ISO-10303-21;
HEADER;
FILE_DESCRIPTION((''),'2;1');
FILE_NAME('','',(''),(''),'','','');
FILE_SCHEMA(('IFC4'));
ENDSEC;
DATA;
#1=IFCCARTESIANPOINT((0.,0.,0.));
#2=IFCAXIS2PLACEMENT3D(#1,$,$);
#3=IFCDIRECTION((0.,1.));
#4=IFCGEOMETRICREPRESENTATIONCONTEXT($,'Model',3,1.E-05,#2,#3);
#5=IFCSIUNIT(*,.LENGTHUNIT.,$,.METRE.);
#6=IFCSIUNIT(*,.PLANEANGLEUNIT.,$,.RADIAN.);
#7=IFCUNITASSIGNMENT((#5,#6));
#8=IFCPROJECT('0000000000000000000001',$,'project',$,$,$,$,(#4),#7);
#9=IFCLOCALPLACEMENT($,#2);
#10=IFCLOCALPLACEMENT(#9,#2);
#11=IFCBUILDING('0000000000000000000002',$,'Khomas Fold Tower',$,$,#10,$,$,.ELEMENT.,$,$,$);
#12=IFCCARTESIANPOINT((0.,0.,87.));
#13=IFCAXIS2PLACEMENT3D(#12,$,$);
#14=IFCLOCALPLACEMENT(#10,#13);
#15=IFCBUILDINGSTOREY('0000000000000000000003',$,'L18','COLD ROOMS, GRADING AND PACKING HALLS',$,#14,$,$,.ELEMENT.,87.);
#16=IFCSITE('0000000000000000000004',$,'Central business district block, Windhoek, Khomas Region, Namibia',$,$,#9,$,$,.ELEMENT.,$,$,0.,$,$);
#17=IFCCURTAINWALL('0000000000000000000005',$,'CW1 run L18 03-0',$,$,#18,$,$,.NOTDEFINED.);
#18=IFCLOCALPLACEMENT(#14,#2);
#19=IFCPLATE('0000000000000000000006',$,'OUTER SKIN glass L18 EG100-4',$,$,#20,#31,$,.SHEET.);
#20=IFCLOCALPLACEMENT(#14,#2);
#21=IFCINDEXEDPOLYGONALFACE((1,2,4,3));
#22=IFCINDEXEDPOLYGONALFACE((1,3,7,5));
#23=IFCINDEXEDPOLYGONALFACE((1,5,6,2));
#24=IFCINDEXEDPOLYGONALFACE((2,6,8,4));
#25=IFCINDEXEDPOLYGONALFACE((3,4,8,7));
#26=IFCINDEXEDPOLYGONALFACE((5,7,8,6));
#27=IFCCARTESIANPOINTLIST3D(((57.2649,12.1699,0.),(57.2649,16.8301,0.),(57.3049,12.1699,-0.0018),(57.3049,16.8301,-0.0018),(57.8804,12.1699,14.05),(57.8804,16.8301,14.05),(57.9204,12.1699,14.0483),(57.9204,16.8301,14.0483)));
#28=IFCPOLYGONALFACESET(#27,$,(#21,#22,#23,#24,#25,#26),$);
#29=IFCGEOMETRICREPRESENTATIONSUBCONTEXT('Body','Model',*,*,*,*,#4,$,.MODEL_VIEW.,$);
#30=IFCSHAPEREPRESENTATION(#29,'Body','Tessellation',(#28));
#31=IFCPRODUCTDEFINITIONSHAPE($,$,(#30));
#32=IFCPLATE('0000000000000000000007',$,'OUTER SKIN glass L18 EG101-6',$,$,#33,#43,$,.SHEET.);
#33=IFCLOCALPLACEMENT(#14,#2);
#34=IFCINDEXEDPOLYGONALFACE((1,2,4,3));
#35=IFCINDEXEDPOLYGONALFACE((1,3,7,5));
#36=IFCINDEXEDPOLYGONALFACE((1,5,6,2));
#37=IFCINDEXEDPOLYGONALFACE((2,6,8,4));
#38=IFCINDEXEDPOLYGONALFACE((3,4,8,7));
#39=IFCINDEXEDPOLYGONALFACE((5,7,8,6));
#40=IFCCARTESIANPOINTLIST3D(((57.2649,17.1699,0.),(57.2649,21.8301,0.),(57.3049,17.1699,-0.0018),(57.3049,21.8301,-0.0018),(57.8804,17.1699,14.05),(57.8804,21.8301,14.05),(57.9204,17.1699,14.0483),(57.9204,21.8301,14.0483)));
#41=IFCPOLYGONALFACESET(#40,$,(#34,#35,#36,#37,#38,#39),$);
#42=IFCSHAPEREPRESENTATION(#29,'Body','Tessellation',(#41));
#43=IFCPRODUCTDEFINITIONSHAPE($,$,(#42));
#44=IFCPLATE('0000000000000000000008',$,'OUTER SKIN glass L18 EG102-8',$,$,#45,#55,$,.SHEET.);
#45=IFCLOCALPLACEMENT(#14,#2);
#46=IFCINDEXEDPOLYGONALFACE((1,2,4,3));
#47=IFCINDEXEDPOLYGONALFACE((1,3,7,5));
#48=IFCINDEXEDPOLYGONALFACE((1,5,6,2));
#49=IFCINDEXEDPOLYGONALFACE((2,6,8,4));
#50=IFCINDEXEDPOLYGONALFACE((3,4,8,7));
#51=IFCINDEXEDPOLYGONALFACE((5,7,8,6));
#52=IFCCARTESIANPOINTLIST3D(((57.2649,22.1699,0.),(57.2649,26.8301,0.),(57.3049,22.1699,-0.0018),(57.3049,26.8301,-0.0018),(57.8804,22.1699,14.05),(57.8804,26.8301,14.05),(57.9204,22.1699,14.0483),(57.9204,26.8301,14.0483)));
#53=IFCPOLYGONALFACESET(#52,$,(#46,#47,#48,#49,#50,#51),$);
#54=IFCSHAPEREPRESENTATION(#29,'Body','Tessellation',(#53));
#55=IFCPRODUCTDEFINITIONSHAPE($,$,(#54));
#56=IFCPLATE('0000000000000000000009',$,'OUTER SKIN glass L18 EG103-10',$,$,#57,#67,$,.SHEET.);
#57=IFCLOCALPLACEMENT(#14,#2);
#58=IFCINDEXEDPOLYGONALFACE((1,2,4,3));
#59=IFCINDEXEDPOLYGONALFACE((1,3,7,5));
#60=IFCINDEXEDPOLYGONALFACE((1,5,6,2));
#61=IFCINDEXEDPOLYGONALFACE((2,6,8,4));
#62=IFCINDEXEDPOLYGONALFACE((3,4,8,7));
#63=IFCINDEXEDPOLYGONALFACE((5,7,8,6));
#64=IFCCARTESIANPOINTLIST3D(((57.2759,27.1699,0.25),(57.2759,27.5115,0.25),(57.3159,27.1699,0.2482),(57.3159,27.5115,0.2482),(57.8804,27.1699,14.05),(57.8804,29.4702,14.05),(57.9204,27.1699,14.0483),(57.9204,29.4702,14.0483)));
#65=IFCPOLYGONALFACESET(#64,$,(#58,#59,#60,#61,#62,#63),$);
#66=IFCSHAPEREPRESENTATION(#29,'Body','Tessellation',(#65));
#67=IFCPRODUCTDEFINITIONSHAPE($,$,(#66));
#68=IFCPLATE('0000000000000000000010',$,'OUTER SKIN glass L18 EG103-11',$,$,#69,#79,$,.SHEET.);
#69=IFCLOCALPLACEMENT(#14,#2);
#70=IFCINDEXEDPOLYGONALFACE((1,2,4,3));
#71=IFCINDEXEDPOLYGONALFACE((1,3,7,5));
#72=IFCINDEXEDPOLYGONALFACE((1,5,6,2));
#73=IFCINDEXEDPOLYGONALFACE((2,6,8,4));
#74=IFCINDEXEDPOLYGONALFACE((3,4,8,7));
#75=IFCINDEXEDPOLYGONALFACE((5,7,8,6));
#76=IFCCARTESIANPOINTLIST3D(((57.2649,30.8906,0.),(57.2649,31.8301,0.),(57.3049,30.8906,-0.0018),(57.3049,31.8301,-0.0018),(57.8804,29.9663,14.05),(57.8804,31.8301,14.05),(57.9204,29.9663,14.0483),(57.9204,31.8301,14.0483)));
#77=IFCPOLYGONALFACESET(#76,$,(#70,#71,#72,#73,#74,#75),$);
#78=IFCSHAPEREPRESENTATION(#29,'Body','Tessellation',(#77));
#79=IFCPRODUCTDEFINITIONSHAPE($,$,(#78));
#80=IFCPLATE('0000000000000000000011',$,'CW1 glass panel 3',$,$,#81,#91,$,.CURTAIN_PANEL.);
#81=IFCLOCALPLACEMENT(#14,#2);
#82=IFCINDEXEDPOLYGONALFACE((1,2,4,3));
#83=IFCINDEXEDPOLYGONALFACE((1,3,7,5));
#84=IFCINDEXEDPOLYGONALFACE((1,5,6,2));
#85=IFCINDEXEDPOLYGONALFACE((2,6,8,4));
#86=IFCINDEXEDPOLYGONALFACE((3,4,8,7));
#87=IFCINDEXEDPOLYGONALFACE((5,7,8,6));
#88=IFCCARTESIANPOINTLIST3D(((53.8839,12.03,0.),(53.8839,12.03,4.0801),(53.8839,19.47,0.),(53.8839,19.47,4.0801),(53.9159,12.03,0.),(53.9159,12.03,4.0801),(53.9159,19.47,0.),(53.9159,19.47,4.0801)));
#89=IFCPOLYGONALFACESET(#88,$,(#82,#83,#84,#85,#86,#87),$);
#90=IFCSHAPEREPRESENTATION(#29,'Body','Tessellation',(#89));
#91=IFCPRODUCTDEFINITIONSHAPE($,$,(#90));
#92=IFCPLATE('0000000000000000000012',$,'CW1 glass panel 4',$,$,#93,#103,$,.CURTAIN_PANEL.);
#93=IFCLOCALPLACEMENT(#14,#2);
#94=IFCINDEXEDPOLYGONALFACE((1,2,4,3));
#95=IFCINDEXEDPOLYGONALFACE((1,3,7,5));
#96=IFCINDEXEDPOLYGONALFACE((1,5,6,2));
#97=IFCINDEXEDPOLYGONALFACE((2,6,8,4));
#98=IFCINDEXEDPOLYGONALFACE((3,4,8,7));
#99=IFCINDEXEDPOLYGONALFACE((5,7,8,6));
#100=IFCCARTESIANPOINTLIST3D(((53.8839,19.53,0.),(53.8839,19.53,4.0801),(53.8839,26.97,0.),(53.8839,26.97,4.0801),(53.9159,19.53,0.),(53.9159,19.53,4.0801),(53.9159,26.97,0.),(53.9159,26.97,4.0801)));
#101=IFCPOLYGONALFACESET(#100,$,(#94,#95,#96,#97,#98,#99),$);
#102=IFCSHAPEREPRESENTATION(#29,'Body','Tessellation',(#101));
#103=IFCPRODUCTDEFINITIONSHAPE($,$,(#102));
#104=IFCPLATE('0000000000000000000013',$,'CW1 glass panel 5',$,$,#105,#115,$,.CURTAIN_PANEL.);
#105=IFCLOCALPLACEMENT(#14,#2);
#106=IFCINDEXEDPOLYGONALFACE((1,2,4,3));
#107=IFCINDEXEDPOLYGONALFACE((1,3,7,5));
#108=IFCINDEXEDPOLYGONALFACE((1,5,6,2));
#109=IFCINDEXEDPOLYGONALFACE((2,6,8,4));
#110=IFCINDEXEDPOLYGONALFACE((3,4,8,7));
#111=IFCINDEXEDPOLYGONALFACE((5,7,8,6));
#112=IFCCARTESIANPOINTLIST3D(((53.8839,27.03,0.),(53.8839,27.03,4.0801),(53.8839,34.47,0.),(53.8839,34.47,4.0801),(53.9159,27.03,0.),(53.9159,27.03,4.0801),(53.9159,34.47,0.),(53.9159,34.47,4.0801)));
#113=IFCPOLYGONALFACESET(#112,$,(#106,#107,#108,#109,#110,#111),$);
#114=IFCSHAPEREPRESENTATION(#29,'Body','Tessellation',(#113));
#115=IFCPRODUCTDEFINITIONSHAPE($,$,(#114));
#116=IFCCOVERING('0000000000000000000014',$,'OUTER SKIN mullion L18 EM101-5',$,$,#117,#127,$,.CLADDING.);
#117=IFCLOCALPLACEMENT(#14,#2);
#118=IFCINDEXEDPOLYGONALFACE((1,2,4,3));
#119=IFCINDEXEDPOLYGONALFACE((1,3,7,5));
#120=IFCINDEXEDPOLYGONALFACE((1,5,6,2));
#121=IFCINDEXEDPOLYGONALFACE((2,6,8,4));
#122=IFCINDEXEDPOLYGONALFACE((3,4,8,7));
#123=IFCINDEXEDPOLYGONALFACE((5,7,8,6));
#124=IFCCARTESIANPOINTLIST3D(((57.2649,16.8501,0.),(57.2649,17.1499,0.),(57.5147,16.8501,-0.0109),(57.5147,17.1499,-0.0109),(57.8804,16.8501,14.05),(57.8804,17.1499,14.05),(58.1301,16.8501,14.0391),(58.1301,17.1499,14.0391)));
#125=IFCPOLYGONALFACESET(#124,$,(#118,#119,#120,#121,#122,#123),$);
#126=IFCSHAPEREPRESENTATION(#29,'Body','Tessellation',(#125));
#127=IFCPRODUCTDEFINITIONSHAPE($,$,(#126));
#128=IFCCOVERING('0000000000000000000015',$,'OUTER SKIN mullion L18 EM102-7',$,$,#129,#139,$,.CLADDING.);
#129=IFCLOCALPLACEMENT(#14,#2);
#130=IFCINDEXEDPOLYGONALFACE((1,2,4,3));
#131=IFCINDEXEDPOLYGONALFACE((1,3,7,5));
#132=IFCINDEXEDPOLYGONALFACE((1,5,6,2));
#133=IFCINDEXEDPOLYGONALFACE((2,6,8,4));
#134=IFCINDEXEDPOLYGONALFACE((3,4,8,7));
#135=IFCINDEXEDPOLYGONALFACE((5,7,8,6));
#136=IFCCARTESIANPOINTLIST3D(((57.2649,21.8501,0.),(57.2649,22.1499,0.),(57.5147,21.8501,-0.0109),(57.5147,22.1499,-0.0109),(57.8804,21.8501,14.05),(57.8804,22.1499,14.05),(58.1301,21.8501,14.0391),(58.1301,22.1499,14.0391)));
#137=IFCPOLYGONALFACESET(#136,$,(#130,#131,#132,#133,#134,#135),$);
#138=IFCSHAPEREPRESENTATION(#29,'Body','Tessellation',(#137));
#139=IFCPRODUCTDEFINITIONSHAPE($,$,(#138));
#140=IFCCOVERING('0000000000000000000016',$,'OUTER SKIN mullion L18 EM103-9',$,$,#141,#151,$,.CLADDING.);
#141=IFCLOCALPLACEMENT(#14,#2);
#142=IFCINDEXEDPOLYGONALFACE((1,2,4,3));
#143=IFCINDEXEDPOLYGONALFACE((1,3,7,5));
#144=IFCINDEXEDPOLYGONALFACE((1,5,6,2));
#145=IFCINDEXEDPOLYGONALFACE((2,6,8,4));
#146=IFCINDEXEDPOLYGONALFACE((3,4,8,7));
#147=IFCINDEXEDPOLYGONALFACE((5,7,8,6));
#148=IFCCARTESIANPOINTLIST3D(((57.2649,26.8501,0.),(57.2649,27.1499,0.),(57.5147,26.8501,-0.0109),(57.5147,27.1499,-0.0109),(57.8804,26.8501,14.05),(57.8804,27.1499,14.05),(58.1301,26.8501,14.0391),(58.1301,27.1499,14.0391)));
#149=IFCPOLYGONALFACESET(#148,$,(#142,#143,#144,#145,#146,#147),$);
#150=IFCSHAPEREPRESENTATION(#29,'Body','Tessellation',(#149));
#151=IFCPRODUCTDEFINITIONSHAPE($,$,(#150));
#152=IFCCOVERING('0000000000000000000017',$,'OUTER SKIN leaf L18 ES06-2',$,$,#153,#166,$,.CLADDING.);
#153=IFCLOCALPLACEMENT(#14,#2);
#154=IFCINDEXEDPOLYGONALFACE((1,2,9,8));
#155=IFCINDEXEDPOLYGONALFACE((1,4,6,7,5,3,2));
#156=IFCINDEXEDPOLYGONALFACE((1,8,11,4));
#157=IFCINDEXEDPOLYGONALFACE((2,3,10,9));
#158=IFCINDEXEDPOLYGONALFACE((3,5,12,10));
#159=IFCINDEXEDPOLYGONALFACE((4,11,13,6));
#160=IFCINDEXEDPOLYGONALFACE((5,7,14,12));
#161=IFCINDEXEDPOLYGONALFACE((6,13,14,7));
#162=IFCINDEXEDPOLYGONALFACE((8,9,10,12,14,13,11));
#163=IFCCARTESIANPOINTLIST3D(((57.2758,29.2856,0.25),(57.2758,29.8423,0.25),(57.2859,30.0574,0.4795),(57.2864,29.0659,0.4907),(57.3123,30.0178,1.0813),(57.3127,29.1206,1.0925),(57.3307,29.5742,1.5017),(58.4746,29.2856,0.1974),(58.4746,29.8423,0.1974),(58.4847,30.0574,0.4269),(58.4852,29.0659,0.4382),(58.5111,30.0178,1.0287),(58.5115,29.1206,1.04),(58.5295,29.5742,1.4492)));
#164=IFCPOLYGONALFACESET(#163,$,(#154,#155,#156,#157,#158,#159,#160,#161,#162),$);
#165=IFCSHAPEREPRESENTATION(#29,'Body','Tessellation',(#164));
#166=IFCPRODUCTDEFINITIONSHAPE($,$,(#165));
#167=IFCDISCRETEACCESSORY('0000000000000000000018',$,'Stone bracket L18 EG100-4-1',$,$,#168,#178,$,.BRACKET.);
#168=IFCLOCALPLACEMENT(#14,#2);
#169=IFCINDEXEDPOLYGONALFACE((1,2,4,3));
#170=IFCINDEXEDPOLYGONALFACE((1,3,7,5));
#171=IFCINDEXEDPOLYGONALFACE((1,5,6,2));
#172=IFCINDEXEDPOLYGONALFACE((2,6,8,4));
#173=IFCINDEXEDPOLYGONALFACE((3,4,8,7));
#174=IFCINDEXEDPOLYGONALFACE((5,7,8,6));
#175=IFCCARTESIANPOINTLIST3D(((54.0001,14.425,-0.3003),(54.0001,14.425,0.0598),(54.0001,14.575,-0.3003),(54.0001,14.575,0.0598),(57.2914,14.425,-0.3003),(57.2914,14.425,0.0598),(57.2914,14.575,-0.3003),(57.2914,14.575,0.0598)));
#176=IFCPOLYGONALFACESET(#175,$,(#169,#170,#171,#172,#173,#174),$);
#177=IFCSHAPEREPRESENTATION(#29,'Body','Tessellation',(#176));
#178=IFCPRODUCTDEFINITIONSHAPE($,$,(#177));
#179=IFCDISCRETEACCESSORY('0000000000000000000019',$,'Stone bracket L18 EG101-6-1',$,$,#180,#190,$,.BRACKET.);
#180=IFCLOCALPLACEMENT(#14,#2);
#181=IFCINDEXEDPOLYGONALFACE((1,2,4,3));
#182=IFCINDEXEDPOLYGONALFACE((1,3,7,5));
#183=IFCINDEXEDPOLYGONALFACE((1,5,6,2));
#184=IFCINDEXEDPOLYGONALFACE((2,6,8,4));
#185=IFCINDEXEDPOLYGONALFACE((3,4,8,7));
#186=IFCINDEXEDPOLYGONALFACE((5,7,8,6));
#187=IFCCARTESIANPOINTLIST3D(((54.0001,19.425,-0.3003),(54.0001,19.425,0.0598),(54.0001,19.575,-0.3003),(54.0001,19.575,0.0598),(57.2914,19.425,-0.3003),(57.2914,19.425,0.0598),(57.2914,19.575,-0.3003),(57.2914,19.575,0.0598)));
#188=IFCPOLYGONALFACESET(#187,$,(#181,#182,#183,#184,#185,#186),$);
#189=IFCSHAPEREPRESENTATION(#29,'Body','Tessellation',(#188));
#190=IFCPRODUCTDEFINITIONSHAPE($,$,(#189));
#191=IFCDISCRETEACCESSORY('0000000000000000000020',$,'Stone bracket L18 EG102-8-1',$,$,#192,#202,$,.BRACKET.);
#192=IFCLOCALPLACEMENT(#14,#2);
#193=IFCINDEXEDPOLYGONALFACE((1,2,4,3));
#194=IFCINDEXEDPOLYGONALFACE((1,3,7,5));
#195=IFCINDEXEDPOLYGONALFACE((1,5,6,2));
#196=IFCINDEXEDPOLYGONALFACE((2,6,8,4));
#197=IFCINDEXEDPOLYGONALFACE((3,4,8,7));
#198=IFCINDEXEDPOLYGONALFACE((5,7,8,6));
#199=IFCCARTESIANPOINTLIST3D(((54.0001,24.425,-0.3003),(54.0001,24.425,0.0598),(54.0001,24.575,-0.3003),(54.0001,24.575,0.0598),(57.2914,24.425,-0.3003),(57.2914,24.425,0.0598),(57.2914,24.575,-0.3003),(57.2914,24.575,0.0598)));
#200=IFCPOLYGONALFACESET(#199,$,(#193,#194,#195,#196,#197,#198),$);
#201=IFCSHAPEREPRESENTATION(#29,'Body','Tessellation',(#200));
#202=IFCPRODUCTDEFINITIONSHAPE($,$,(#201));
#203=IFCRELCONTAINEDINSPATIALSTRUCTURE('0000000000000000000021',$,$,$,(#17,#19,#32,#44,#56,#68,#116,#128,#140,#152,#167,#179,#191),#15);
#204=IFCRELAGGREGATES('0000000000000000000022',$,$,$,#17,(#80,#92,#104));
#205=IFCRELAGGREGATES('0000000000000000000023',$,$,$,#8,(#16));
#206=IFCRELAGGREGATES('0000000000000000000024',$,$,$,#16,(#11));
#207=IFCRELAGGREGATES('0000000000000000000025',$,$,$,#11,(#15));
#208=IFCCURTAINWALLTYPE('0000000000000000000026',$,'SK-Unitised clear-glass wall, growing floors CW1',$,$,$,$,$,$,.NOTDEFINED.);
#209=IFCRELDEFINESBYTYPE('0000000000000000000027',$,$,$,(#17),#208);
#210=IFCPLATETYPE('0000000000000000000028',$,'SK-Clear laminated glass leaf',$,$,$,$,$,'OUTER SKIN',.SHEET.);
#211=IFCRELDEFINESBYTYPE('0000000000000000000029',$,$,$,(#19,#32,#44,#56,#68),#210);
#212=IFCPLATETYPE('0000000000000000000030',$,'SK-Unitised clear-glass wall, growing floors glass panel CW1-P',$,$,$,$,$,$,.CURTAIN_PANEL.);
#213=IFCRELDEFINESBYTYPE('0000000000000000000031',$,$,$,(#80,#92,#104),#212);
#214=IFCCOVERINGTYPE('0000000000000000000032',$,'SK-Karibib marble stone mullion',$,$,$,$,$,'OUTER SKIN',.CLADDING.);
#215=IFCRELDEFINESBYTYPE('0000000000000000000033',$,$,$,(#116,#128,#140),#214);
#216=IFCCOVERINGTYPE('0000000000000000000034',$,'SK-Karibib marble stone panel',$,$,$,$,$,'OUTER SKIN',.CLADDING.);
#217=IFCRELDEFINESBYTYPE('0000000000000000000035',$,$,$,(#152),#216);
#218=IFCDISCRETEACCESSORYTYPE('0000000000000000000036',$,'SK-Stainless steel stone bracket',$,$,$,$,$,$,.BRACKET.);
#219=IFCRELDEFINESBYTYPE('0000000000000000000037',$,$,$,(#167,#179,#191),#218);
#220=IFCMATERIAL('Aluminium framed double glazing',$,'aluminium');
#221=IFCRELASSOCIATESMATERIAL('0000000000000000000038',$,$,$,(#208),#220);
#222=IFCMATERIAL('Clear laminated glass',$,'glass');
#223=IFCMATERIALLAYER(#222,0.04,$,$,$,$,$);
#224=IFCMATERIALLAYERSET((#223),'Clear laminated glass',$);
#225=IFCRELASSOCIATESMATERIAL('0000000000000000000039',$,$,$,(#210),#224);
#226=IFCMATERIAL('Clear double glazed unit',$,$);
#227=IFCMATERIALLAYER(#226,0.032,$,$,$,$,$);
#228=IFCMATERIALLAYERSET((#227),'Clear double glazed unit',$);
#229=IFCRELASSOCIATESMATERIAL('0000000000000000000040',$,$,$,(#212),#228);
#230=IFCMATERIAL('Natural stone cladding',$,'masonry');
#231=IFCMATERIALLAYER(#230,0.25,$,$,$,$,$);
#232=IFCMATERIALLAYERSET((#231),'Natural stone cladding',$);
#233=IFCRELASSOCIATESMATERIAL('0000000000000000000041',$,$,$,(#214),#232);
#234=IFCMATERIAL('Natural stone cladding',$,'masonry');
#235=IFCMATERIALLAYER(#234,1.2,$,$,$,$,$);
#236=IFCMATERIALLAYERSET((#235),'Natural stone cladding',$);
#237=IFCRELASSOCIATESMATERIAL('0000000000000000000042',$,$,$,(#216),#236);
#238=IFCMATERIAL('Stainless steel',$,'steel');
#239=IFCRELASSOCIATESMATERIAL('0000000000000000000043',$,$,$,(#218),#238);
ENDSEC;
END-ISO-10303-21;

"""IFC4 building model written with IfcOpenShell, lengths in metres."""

from ifc_helpers import new_model, si_unit, direction, frame, origin, origin_2d, place, context, subcontext, project, spatial, polyline, rectangle, outline, extrude, source, transform, mapped, material, layer, layer_set, type_object, element, aggregate, save


model = new_model("IFC4")

# Units and contexts
model_context = context("Model", 3, precision=1e-05, world=origin(), true_north=direction((0.0, 1.0)))
body_context = subcontext(model_context, "Body", "Model", "MODEL_VIEW")
ifc_project = project(units=[si_unit("LENGTHUNIT", "METRE"), si_unit("PLANEANGLEUNIT", "RADIAN")], contexts=[model_context])

# Site, building, storey
site_placement = place(None, origin())
site = spatial("IfcSite", under=ifc_project, at=site_placement, Name="Central business district block, Windhoek, Khomas Region, Namibia", CompositionType="ELEMENT", RefElevation=0.0)
building_placement = place(site_placement, origin())
building = spatial("IfcBuilding", under=site, at=building_placement, Name="Khomas Fold Tower", CompositionType="ELEMENT")
storey_placement = place(building_placement, frame((0.0, 0.0, 87.0)))
storey = spatial("IfcBuildingStorey", under=building, at=storey_placement, Name="L18", Description="COLD ROOMS, GRADING AND PACKING HALLS", CompositionType="ELEMENT", Elevation=87.0)

# Curtain wall
ifc_material_1 = material(Name="Aluminium framed double glazing", Category="aluminium")
curtain_wall_type = type_object("IfcCurtainWallType", Name="SK-Unitised clear-glass wall, growing floors CW1", PredefinedType="NOTDEFINED", material=ifc_material_1)
curtain_wall_placement = place(storey_placement, origin())
curtain_wall = element("IfcCurtainWall", 1, at=curtain_wall_placement, inside=storey, type_object=curtain_wall_type, Name="CW1 run L18 03-0", PredefinedType="NOTDEFINED")

# Plates
ifc_material_2 = material(Name="Clear laminated glass", Category="glass")
ifc_layer_1 = layer(ifc_material_2, 0.04)
ifc_layer_set_1 = layer_set([ifc_layer_1], Name="Clear laminated glass")
plate_type_1 = type_object("IfcPlateType", Name="SK-Clear laminated glass leaf", ElementType="OUTER SKIN", PredefinedType="SHEET", material=ifc_layer_set_1)
for number, where, z_axis, x_axis, name in (
    (2, (57.2649, 12.1699, 0.0), (-0.999042, 0.0, 0.043764), (0.043764, 0.0, 0.999042), "OUTER SKIN glass L18 EG100-4"),
    (3, (57.2649, 17.1699, 0.0), (-0.999042, 0.0, 0.043764), (0.043764, 0.0, 0.999042), "OUTER SKIN glass L18 EG101-6"),
    (4, (57.2649, 22.1699, 0.0), (-0.999042, 0.0, 0.043764), (0.043764, 0.0, 0.999042), "OUTER SKIN glass L18 EG102-8"),
):
    element("IfcPlate", number, at=place(storey_placement, frame(where, z_axis=z_axis, x_axis=x_axis)), inside=storey, type_object=plate_type_1, Name=name, PredefinedType="SHEET", context=body_context, shape_type="SweptSolid", body=[
        extrude(outline(polyline([(0.0, 0.0), (14.0635, 0.0), (14.0635, 4.6602), (0.0, 4.6602), (0.0, 0.0)])), origin(), (0.0, 0.0, -1.0), 0.04),
    ])
plate_1_placement = place(storey_placement, frame((57.8804, 27.1699, 14.05), z_axis=(-0.999042, 0.0, 0.043762), x_axis=(0.0, 1.0, 0.0)))
element("IfcPlate", 5, at=plate_1_placement, inside=storey, type_object=plate_type_1, Name="OUTER SKIN glass L18 EG103-10", PredefinedType="SHEET", context=body_context, shape_type="SweptSolid", body=[
    extrude(outline(polyline([(0.0, 0.0), (2.3003, 0.0), (0.3416, 13.8133), (0.0, 13.8133), (0.0, 0.0)])), origin(), (0.0, 0.0, -1.0), 0.04),
])
plate_2_placement = place(storey_placement, frame((57.2649, 30.8906, 0.0), z_axis=(-0.999042, 0.0, 0.043764), x_axis=(0.04367, -0.065583, 0.996891)))
element("IfcPlate", 6, at=plate_2_placement, inside=storey, type_object=plate_type_1, Name="OUTER SKIN glass L18 EG103-11", PredefinedType="SHEET", context=body_context, shape_type="SweptSolid", body=[
    extrude(outline(polyline([(0.0, 0.0), (14.0939, 0.0), (13.9716, 1.8598), (-0.0616, 0.9374), (0.0, 0.0)])), origin(), (0.0, 0.0, -1.0), 0.04),
])

# Plates
ifc_material_3 = material(Name="Clear double glazed unit")
ifc_layer_2 = layer(ifc_material_3, 0.032)
ifc_layer_set_2 = layer_set([ifc_layer_2], Name="Clear double glazed unit")
plate_type_2 = type_object("IfcPlateType", Name="SK-Unitised clear-glass wall, growing floors glass panel CW1-P", PredefinedType="CURTAIN_PANEL", material=ifc_layer_set_2)
shared_shape_1 = source(origin(), body_context, "Body", "SweptSolid", [
    extrude(rectangle(XDim=7.4399, YDim=0.032, at=origin_2d()), origin(), (0.0, 0.0, 1.0), 4.0801),
])
plate_3_placement = place(storey_placement, frame((53.8999, 15.75, 0.0), z_axis=(0.0, 0.0, 1.0), x_axis=(0.0, 1.0, 0.0)))
plate_3 = element("IfcPlate", 7, at=plate_3_placement, type_object=plate_type_2, Name="CW1 glass panel 3", PredefinedType="CURTAIN_PANEL", context=body_context, shape_type="MappedRepresentation", body=[
    mapped(shared_shape_1, transform((0.0, 0.0, 0.0))),
])
plate_4_placement = place(storey_placement, frame((53.8999, 23.25, 0.0), z_axis=(0.0, 0.0, 1.0), x_axis=(0.0, 1.0, 0.0)))
plate_4 = element("IfcPlate", 8, at=plate_4_placement, type_object=plate_type_2, Name="CW1 glass panel 4", PredefinedType="CURTAIN_PANEL", context=body_context, shape_type="MappedRepresentation", body=[
    mapped(shared_shape_1, transform((0.0, 0.0, 0.0))),
])
plate_5_placement = place(storey_placement, frame((53.8999, 30.75, 0.0), z_axis=(0.0, 0.0, 1.0), x_axis=(0.0, 1.0, 0.0)))
plate_5 = element("IfcPlate", 9, at=plate_5_placement, type_object=plate_type_2, Name="CW1 glass panel 5", PredefinedType="CURTAIN_PANEL", context=body_context, shape_type="MappedRepresentation", body=[
    mapped(shared_shape_1, transform((0.0, 0.0, 0.0))),
])
aggregate(curtain_wall, [plate_3, plate_4, plate_5])

# Coverings
ifc_material_4 = material(Name="Natural stone cladding", Category="masonry")
ifc_layer_3 = layer(ifc_material_4, 0.25)
ifc_layer_set_3 = layer_set([ifc_layer_3], Name="Natural stone cladding")
covering_type_1 = type_object("IfcCoveringType", Name="SK-Karibib marble stone mullion", ElementType="OUTER SKIN", PredefinedType="CLADDING", material=ifc_layer_set_3)
for number, where, z_axis, x_axis, name in (
    (10, (57.2649, 16.8501, 0.0), (-0.999042, 0.0, 0.043764), (0.043764, 0.0, 0.999042), "OUTER SKIN mullion L18 EM101-5"),
    (11, (57.2649, 21.8501, 0.0), (-0.999042, 0.0, 0.043764), (0.043764, 0.0, 0.999042), "OUTER SKIN mullion L18 EM102-7"),
    (12, (57.2649, 26.8501, 0.0), (-0.999042, 0.0, 0.043764), (0.043764, 0.0, 0.999042), "OUTER SKIN mullion L18 EM103-9"),
):
    element("IfcCovering", number, at=place(storey_placement, frame(where, z_axis=z_axis, x_axis=x_axis)), inside=storey, type_object=covering_type_1, Name=name, PredefinedType="CLADDING", context=body_context, shape_type="SweptSolid", body=[
        extrude(outline(polyline([(0.0, 0.0), (14.0635, 0.0), (14.0635, 0.2998), (0.0, 0.2998), (0.0, 0.0)])), origin(), (0.0, 0.0, -1.0), 0.25),
    ])
ifc_material_5 = material(Name="Natural stone cladding", Category="masonry")
ifc_layer_4 = layer(ifc_material_5, 1.2)
ifc_layer_set_4 = layer_set([ifc_layer_4], Name="Natural stone cladding")
covering_type_2 = type_object("IfcCoveringType", Name="SK-Karibib marble stone panel", ElementType="OUTER SKIN", PredefinedType="CLADDING", material=ifc_layer_set_4)
covering_placement = place(storey_placement, frame((57.3127, 29.1206, 1.0925), z_axis=(-0.99904, 0.000004, 0.043798), x_axis=(0.029355, 0.742214, 0.66952)))
element("IfcCovering", 13, at=covering_placement, inside=storey, type_object=covering_type_2, Name="OUTER SKIN leaf L18 ES06-2", PredefinedType="CLADDING", context=body_context, shape_type="SweptSolid", body=[
    extrude(outline(polyline([(0.0, 0.0), (0.6112, 0.0), (0.6584, 0.6096), (0.2841, 1.0832), (-0.0295, 1.1096), (-0.4427, 0.7365), (-0.4443, 0.4104), (0.0, 0.0)])), origin(), (0.0, 0.0, -1.0), 1.2),
])

# Discrete accessories
ifc_material_6 = material(Name="Stainless steel", Category="steel")
discrete_accessory_type = type_object("IfcDiscreteAccessoryType", Name="SK-Stainless steel stone bracket", PredefinedType="BRACKET", material=ifc_material_6)
shared_shape_2 = source(origin(), body_context, "Body", "SweptSolid", [
    extrude(rectangle(XDim=3.2913, YDim=0.1499, at=origin_2d()), origin(), (0.0, 0.0, 1.0), 0.3601),
])
for number, where, z_axis, x_axis, name in (
    (14, (55.6458, 14.5, -0.3003), (0.0, 0.0, 1.0), (1.0, 0.0, 0.0), "Stone bracket L18 EG100-4-1"),
    (15, (55.6458, 19.5, -0.3003), (0.0, 0.0, 1.0), (1.0, 0.0, 0.0), "Stone bracket L18 EG101-6-1"),
    (16, (55.6458, 24.5, -0.3003), (0.0, 0.0, 1.0), (1.0, 0.0, 0.0), "Stone bracket L18 EG102-8-1"),
):
    element("IfcDiscreteAccessory", number, at=place(storey_placement, frame(where, z_axis=z_axis, x_axis=x_axis)), inside=storey, type_object=discrete_accessory_type, Name=name, PredefinedType="BRACKET", context=body_context, shape_type="MappedRepresentation", body=[
        mapped(shared_shape_2, transform((0.0, 0.0, 0.0))),
    ])

save(model, "model.ifc")
